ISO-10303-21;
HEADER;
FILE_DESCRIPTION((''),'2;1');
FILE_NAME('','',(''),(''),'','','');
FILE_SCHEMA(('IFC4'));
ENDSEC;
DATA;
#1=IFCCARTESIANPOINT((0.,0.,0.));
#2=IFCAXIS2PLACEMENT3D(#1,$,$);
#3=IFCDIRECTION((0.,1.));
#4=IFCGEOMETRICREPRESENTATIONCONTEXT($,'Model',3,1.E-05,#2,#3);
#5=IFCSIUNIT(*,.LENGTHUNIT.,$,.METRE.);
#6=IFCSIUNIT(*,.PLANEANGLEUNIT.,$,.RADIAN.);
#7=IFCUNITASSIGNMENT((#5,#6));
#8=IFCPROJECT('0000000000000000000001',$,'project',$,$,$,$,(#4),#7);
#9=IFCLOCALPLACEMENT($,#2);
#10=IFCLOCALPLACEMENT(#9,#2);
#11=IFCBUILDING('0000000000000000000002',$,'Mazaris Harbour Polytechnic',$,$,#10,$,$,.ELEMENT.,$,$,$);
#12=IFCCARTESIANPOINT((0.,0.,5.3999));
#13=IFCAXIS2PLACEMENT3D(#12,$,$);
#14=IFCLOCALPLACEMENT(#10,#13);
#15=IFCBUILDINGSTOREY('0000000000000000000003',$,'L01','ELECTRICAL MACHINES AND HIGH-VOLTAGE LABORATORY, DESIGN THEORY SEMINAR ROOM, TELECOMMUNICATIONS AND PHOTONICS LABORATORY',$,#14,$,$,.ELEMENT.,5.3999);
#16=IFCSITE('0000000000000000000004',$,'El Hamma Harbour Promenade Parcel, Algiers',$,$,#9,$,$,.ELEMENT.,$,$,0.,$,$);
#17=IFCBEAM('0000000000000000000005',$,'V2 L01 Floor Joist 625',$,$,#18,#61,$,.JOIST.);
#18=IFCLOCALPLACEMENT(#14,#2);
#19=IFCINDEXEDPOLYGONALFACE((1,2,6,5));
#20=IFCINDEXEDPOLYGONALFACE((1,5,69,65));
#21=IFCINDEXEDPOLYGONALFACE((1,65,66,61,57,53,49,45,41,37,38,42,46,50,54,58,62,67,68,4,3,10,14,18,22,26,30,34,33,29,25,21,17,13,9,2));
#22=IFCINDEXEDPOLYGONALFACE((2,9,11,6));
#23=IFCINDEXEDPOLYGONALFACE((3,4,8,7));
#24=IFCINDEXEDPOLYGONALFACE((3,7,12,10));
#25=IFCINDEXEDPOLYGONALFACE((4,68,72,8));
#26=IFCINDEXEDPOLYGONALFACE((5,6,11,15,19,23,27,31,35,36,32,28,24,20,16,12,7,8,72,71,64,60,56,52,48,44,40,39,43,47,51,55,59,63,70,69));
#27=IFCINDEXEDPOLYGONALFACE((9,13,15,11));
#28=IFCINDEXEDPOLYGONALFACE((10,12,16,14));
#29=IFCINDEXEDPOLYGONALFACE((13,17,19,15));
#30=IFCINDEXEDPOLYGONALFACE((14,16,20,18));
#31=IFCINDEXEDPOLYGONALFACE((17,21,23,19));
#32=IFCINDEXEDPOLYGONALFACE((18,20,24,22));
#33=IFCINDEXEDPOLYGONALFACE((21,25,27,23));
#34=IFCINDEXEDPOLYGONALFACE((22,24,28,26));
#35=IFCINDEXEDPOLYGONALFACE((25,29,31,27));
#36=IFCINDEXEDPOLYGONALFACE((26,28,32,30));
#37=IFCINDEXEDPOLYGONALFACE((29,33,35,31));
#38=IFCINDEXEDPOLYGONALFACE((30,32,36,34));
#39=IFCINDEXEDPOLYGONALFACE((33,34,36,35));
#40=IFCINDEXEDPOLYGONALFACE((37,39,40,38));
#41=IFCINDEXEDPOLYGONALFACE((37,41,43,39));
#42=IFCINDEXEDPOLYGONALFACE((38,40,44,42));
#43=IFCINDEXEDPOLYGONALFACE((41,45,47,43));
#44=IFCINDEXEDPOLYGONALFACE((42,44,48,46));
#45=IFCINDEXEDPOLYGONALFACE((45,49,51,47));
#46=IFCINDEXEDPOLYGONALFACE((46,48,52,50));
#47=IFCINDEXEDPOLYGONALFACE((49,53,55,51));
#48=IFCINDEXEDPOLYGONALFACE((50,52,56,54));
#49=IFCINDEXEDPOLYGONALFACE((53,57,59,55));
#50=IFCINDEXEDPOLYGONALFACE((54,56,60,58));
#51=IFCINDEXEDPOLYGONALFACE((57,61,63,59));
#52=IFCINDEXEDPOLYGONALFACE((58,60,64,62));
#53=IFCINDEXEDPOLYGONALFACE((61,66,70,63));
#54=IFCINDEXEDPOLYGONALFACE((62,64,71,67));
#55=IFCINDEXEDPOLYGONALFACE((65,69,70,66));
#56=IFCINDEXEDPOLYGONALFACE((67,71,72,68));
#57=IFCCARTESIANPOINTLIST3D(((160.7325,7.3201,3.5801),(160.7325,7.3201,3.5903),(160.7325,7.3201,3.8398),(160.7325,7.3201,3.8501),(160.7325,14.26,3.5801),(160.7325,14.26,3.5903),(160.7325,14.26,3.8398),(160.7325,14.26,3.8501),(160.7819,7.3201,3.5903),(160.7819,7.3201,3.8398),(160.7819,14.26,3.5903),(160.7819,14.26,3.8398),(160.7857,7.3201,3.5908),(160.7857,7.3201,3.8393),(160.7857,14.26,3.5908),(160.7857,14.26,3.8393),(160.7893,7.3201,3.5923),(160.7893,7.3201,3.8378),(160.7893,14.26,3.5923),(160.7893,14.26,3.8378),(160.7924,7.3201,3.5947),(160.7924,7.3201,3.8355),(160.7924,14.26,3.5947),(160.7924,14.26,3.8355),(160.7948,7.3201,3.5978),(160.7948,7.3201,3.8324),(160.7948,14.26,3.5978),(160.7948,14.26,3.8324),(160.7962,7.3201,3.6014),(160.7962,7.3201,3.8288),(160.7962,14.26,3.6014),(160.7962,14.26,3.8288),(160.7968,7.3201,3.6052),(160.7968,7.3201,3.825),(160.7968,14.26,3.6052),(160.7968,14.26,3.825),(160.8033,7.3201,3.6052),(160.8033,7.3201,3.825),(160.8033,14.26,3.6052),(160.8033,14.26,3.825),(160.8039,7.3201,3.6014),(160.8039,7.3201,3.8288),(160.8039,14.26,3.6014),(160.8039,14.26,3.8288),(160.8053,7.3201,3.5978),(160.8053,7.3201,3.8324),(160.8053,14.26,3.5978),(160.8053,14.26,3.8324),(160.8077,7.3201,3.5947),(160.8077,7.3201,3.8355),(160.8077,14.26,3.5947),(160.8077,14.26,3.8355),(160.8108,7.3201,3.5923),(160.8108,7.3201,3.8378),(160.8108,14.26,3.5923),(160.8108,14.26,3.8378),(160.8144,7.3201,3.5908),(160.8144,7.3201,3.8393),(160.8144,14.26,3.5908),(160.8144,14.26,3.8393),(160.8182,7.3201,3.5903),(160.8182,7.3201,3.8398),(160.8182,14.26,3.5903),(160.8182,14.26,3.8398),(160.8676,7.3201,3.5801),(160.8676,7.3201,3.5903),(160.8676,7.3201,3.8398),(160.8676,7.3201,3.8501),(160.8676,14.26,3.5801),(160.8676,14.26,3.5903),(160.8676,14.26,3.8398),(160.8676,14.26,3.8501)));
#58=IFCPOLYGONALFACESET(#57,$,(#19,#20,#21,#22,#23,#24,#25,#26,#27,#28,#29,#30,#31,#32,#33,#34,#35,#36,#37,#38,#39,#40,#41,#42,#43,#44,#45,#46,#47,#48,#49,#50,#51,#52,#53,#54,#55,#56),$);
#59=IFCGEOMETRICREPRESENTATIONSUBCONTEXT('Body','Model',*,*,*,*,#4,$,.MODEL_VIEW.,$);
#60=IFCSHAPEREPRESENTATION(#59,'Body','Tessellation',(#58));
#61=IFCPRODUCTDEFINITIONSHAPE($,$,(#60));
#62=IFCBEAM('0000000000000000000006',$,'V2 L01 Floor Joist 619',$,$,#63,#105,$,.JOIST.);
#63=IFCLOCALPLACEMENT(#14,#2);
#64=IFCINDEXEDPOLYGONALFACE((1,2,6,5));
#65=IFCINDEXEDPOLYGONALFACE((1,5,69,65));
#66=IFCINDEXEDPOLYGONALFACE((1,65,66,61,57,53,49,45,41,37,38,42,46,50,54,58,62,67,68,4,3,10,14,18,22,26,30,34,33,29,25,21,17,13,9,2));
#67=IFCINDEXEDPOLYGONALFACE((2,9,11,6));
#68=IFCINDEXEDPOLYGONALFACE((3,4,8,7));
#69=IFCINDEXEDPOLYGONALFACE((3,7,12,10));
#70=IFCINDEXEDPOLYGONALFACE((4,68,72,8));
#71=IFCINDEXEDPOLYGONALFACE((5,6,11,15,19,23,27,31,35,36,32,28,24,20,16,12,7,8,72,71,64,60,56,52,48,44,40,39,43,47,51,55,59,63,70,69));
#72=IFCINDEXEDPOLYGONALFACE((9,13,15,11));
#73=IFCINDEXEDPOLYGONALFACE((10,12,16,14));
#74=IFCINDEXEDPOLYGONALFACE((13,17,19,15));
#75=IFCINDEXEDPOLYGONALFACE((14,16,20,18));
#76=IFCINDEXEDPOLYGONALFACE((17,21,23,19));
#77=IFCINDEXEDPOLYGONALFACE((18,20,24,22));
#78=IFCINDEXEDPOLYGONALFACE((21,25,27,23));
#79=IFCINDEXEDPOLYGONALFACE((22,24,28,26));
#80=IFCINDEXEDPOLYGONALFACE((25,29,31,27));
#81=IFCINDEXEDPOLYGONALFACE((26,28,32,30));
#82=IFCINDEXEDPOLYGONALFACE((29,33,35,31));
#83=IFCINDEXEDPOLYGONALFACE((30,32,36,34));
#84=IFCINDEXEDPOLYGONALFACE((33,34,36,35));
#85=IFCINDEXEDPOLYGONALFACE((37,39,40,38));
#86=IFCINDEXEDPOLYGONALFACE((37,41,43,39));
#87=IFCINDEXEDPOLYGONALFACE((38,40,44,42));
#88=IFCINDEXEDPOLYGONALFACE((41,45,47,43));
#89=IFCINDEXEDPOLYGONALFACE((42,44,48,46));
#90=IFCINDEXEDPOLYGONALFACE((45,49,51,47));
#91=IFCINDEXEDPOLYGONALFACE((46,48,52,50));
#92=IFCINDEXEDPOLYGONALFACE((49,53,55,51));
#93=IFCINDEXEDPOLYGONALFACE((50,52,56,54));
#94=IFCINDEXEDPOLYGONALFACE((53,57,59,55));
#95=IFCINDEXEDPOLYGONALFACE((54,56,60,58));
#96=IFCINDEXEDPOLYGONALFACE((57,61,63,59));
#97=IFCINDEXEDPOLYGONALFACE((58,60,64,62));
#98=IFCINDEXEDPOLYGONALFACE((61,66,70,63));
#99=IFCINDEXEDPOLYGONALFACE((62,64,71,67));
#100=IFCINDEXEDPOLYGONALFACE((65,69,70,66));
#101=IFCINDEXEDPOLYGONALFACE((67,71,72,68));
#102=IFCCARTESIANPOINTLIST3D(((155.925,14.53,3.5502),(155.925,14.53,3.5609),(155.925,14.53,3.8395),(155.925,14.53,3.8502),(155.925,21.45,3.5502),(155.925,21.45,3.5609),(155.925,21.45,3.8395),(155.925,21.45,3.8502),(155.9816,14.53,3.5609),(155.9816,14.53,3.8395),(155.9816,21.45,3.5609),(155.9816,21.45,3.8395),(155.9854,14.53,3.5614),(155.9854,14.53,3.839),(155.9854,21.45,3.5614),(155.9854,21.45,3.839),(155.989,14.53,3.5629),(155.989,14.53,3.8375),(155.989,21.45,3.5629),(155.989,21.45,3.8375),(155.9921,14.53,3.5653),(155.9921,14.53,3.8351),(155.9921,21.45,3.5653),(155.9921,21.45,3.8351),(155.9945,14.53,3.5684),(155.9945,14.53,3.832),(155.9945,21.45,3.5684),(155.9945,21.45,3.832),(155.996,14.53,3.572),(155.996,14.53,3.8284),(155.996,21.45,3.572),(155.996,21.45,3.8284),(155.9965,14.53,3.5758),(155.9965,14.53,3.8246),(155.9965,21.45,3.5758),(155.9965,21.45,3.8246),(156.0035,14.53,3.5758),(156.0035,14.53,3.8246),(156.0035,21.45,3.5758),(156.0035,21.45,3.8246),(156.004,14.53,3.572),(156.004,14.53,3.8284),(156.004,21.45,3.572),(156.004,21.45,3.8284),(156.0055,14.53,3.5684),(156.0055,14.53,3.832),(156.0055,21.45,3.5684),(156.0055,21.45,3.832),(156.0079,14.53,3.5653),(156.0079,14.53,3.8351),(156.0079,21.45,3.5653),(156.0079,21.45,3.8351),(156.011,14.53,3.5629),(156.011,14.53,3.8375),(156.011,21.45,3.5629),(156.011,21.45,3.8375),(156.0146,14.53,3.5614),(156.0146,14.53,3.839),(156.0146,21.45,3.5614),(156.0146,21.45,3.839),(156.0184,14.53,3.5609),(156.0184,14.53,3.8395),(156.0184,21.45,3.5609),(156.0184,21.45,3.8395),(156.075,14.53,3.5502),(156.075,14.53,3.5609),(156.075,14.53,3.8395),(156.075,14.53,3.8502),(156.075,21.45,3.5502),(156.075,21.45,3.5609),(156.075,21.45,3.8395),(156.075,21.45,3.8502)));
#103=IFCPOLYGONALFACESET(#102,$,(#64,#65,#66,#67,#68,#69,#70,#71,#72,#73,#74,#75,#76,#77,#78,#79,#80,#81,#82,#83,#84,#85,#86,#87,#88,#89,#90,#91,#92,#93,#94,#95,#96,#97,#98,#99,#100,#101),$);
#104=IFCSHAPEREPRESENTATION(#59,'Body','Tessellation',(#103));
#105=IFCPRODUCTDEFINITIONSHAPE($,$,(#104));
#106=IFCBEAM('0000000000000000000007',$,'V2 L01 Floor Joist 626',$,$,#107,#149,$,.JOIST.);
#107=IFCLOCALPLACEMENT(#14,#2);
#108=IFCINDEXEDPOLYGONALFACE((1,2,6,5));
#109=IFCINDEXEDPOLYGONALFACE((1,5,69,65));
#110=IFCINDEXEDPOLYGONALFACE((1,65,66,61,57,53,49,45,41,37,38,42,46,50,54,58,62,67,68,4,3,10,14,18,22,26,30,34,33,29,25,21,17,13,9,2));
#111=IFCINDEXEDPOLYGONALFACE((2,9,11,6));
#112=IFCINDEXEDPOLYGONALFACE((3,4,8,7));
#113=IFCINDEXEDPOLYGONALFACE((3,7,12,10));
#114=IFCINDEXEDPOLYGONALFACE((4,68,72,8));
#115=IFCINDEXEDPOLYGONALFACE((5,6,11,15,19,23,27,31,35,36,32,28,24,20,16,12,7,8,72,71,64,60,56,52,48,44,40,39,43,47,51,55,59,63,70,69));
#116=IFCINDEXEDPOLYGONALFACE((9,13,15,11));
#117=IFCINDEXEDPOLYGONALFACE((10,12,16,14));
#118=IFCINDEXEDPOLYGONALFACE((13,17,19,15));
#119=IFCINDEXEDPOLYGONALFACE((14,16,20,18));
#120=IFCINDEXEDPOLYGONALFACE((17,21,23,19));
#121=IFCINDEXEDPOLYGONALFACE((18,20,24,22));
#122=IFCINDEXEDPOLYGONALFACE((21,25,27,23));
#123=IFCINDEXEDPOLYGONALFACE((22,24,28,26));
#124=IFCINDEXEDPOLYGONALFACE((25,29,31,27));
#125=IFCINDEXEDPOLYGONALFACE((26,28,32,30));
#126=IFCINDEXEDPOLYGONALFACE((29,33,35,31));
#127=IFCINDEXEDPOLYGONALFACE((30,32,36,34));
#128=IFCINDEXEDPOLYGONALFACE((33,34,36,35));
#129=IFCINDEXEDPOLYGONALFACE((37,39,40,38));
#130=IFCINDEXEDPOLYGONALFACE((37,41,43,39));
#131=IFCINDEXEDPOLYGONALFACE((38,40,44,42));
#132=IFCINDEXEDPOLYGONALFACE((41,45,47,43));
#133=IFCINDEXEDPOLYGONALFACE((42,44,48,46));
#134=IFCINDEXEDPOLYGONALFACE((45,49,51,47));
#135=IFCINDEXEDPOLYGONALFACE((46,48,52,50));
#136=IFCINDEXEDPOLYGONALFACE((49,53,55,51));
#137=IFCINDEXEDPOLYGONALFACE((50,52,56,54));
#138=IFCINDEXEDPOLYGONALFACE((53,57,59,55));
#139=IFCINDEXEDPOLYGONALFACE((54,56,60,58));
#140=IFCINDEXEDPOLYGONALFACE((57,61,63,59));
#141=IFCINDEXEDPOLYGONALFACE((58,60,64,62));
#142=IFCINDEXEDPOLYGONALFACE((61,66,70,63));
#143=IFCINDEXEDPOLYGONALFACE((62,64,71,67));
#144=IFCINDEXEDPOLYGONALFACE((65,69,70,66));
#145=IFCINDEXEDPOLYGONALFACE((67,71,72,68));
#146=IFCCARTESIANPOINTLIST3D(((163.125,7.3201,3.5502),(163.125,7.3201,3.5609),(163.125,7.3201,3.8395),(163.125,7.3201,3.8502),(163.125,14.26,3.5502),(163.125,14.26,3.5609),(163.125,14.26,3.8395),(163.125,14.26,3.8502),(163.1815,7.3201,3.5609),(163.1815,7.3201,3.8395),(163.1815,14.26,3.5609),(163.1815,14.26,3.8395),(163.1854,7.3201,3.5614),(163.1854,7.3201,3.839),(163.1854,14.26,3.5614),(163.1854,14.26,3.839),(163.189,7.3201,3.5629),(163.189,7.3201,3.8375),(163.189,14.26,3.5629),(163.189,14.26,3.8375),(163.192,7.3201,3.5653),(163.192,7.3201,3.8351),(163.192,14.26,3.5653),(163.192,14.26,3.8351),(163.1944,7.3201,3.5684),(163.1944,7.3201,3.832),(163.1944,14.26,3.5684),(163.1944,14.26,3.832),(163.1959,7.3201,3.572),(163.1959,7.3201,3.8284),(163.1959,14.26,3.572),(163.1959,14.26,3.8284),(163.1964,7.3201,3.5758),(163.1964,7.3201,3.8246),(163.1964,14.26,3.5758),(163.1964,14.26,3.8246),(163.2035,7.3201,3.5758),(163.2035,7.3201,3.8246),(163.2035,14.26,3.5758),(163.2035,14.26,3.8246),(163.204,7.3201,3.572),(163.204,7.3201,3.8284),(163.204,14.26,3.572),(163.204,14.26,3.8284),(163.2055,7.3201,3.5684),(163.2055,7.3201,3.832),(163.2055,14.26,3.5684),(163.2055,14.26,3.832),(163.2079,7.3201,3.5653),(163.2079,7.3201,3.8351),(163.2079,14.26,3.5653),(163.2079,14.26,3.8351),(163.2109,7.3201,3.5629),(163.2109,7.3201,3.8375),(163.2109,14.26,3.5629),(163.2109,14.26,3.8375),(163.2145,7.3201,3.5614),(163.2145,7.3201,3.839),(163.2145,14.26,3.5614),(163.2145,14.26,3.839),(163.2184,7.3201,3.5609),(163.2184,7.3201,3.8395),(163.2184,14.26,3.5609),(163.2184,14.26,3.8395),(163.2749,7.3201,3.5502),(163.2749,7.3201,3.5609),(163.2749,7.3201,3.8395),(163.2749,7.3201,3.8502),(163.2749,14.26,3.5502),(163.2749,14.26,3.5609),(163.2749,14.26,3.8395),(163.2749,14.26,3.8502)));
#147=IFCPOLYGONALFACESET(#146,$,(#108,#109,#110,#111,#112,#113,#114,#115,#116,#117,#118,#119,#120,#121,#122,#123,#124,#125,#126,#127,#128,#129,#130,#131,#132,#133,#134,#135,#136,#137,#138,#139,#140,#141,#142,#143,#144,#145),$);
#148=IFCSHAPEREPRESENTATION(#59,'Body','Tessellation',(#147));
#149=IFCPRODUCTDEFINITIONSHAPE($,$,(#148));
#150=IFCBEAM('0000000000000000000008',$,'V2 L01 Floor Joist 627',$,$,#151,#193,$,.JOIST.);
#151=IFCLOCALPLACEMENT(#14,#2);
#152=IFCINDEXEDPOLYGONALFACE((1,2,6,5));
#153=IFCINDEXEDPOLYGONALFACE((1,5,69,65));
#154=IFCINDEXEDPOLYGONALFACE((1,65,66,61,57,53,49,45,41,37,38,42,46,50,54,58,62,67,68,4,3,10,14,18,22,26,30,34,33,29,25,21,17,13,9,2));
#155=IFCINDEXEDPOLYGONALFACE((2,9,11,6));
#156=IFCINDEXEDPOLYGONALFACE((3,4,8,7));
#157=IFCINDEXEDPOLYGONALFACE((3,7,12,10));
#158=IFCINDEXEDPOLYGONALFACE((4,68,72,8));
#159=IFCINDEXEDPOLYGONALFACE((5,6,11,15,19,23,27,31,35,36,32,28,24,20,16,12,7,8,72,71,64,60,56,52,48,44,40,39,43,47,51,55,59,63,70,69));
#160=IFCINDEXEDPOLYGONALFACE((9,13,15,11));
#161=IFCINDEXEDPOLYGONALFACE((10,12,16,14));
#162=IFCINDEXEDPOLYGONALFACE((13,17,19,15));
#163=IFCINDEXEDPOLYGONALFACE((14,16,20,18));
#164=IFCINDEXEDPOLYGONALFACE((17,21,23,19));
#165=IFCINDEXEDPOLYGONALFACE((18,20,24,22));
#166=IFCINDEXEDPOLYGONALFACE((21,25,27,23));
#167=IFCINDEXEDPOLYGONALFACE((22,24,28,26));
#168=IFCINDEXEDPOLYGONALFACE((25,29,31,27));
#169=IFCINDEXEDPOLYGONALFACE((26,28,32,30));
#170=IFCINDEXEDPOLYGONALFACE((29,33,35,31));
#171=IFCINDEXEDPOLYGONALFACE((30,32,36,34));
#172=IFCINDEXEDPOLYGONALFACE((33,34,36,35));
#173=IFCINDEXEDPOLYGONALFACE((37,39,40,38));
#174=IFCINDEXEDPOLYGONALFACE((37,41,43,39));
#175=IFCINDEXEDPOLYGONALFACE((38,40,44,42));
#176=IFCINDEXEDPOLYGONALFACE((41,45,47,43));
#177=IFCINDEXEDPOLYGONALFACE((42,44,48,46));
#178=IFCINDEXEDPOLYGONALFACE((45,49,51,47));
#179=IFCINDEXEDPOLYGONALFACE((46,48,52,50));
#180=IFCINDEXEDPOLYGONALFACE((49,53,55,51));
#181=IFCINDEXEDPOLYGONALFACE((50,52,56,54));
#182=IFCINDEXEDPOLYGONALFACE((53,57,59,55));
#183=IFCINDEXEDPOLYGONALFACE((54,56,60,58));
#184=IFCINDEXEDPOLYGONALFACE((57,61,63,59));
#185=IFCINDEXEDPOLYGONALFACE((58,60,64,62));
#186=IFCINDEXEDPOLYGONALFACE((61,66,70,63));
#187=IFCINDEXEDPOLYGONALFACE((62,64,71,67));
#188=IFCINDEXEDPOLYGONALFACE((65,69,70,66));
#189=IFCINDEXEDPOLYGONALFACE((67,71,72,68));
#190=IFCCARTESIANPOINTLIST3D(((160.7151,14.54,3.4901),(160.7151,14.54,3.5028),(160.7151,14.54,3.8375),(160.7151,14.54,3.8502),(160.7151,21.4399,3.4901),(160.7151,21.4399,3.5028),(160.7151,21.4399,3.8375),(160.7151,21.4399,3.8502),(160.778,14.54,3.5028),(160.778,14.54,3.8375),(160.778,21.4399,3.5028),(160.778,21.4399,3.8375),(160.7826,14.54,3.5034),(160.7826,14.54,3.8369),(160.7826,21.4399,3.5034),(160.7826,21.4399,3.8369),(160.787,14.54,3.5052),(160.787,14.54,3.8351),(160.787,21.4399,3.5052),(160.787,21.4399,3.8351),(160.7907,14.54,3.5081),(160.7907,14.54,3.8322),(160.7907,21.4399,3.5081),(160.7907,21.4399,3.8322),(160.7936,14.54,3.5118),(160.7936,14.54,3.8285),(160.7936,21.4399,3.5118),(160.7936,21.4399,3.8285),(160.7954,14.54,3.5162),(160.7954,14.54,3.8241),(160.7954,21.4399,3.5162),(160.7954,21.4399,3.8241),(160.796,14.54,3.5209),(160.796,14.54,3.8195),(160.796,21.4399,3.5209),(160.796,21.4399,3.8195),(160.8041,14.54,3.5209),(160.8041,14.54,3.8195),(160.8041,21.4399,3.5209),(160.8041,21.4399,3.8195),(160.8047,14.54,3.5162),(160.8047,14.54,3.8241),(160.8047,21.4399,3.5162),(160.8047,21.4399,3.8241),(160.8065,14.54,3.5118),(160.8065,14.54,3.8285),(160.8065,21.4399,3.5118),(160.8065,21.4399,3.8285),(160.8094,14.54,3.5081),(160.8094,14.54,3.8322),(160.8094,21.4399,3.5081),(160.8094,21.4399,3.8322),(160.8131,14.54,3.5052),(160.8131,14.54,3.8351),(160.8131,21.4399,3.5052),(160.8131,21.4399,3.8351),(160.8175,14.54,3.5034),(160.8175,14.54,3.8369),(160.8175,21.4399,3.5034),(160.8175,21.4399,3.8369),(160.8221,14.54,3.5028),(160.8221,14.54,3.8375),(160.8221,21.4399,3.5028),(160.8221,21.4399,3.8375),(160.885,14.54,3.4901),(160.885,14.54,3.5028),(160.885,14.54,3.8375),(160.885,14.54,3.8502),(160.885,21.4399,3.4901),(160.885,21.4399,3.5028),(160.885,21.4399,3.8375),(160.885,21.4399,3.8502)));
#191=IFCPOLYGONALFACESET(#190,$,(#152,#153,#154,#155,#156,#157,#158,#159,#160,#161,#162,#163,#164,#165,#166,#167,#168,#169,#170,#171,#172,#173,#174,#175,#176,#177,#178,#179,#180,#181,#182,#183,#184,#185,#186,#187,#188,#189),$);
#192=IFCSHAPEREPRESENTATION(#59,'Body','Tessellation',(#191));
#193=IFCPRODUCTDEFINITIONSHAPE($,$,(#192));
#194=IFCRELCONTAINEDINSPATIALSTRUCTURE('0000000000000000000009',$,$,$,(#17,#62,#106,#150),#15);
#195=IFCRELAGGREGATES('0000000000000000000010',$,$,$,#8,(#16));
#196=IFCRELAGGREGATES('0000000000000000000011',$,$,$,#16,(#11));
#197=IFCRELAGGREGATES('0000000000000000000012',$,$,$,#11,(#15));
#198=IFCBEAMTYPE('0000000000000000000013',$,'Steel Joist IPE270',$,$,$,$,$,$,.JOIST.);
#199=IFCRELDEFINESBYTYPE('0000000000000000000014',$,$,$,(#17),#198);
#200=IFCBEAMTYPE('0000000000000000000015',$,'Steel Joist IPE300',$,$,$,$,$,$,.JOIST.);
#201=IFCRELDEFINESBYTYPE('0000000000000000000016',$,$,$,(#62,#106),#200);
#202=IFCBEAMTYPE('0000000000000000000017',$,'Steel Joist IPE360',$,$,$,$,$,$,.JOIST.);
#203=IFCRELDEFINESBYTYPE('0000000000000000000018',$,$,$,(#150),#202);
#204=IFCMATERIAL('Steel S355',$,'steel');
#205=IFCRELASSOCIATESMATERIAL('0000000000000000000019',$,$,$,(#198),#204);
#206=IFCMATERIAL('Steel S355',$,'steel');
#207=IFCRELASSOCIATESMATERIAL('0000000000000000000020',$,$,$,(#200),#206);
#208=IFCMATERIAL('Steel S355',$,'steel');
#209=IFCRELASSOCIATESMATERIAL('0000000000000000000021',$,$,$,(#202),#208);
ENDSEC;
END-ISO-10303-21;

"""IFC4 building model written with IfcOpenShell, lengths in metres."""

from ifc_helpers import new_model, si_unit, direction, frame, origin, origin_2d, place, context, subcontext, project, spatial, i_section, extrude, material, material_profile, profile_set, type_object, element, save


model = new_model("IFC4")

# Units and contexts
model_context = context("Model", 3, precision=1e-05, world=origin(), true_north=direction((0.0, 1.0)))
body_context = subcontext(model_context, "Body", "Model", "MODEL_VIEW")
ifc_project = project(units=[si_unit("LENGTHUNIT", "METRE"), si_unit("PLANEANGLEUNIT", "RADIAN")], contexts=[model_context])

# Site, building, storey
site_placement = place(None, origin())
site = spatial("IfcSite", under=ifc_project, at=site_placement, Name="El Hamma Harbour Promenade Parcel, Algiers", CompositionType="ELEMENT", RefElevation=0.0)
building_placement = place(site_placement, origin())
building = spatial("IfcBuilding", under=site, at=building_placement, Name="Mazaris Harbour Polytechnic", CompositionType="ELEMENT")
storey_placement = place(building_placement, frame((0.0, 0.0, 5.3999)))
storey = spatial("IfcBuildingStorey", under=building, at=storey_placement, Name="L01", Description="ELECTRICAL MACHINES AND HIGH-VOLTAGE LABORATORY, DESIGN THEORY SEMINAR ROOM, TELECOMMUNICATIONS AND PHOTONICS LABORATORY", CompositionType="ELEMENT", Elevation=5.3999)

# Beams
ifc_material_1 = material(Name="Steel S355", Category="steel")
ifc_material_profile_1 = material_profile(ifc_material_1, i_section(OverallWidth=0.135, OverallDepth=0.27, WebThickness=0.0066, FlangeThickness=0.0103, FilletRadius=0.0149, at=origin_2d()), Name="IPE 270")
ifc_profile_set_1 = profile_set([ifc_material_profile_1], Name="Steel S355")
beam_type_1 = type_object("IfcBeamType", Name="Steel Joist IPE270", PredefinedType="JOIST", material=ifc_profile_set_1)
beam_1_placement = place(storey_placement, frame((160.8, 7.3201, 3.7151), z_axis=(0.0, 1.0, 0.0), x_axis=(-1.0, 0.0, 0.0)))
element("IfcBeam", 1, at=beam_1_placement, inside=storey, type_object=beam_type_1, Name="V2 L01 Floor Joist 625", PredefinedType="JOIST", context=body_context, shape_type="SweptSolid", body=[
    extrude(i_section(OverallWidth=0.135, OverallDepth=0.27, WebThickness=0.0066, FlangeThickness=0.0103, FilletRadius=0.0149, at=origin_2d()), origin(), (0.0, 0.0, 1.0), 6.9399),
])
ifc_material_2 = material(Name="Steel S355", Category="steel")
ifc_material_profile_2 = material_profile(ifc_material_2, i_section(OverallWidth=0.1499, OverallDepth=0.3, WebThickness=0.0071, FlangeThickness=0.0107, FilletRadius=0.0149, at=origin_2d()), Name="IPE 300")
ifc_profile_set_2 = profile_set([ifc_material_profile_2], Name="Steel S355")
beam_type_2 = type_object("IfcBeamType", Name="Steel Joist IPE300", PredefinedType="JOIST", material=ifc_profile_set_2)
beam_2_placement = place(storey_placement, frame((156.0, 14.53, 3.7002), z_axis=(0.0, 1.0, 0.0), x_axis=(-1.0, 0.0, 0.0)))
element("IfcBeam", 2, at=beam_2_placement, inside=storey, type_object=beam_type_2, Name="V2 L01 Floor Joist 619", PredefinedType="JOIST", context=body_context, shape_type="SweptSolid", body=[
    extrude(i_section(OverallWidth=0.1499, OverallDepth=0.3, WebThickness=0.0071, FlangeThickness=0.0107, FilletRadius=0.0149, at=origin_2d()), origin(), (0.0, 0.0, 1.0), 6.9199),
])
beam_3_placement = place(storey_placement, frame((163.2, 7.3201, 3.7002), z_axis=(0.0, 1.0, 0.0), x_axis=(-1.0, 0.0, 0.0)))
element("IfcBeam", 3, at=beam_3_placement, inside=storey, type_object=beam_type_2, Name="V2 L01 Floor Joist 626", PredefinedType="JOIST", context=body_context, shape_type="SweptSolid", body=[
    extrude(i_section(OverallWidth=0.1499, OverallDepth=0.3, WebThickness=0.0071, FlangeThickness=0.0107, FilletRadius=0.0149, at=origin_2d()), origin(), (0.0, 0.0, 1.0), 6.9399),
])
ifc_material_3 = material(Name="Steel S355", Category="steel")
ifc_material_profile_3 = material_profile(ifc_material_3, i_section(OverallWidth=0.1699, OverallDepth=0.3601, WebThickness=0.0081, FlangeThickness=0.0127, FilletRadius=0.0181, at=origin_2d()), Name="IPE 360")
ifc_profile_set_3 = profile_set([ifc_material_profile_3], Name="Steel S355")
beam_type_3 = type_object("IfcBeamType", Name="Steel Joist IPE360", PredefinedType="JOIST", material=ifc_profile_set_3)
beam_4_placement = place(storey_placement, frame((160.8, 14.54, 3.6702), z_axis=(0.0, 1.0, 0.0), x_axis=(-1.0, 0.0, 0.0)))
element("IfcBeam", 4, at=beam_4_placement, inside=storey, type_object=beam_type_3, Name="V2 L01 Floor Joist 627", PredefinedType="JOIST", context=body_context, shape_type="SweptSolid", body=[
    extrude(i_section(OverallWidth=0.1699, OverallDepth=0.3601, WebThickness=0.0081, FlangeThickness=0.0127, FilletRadius=0.0181, at=origin_2d()), origin(), (0.0, 0.0, 1.0), 6.8999),
])

save(model, "model.ifc")
